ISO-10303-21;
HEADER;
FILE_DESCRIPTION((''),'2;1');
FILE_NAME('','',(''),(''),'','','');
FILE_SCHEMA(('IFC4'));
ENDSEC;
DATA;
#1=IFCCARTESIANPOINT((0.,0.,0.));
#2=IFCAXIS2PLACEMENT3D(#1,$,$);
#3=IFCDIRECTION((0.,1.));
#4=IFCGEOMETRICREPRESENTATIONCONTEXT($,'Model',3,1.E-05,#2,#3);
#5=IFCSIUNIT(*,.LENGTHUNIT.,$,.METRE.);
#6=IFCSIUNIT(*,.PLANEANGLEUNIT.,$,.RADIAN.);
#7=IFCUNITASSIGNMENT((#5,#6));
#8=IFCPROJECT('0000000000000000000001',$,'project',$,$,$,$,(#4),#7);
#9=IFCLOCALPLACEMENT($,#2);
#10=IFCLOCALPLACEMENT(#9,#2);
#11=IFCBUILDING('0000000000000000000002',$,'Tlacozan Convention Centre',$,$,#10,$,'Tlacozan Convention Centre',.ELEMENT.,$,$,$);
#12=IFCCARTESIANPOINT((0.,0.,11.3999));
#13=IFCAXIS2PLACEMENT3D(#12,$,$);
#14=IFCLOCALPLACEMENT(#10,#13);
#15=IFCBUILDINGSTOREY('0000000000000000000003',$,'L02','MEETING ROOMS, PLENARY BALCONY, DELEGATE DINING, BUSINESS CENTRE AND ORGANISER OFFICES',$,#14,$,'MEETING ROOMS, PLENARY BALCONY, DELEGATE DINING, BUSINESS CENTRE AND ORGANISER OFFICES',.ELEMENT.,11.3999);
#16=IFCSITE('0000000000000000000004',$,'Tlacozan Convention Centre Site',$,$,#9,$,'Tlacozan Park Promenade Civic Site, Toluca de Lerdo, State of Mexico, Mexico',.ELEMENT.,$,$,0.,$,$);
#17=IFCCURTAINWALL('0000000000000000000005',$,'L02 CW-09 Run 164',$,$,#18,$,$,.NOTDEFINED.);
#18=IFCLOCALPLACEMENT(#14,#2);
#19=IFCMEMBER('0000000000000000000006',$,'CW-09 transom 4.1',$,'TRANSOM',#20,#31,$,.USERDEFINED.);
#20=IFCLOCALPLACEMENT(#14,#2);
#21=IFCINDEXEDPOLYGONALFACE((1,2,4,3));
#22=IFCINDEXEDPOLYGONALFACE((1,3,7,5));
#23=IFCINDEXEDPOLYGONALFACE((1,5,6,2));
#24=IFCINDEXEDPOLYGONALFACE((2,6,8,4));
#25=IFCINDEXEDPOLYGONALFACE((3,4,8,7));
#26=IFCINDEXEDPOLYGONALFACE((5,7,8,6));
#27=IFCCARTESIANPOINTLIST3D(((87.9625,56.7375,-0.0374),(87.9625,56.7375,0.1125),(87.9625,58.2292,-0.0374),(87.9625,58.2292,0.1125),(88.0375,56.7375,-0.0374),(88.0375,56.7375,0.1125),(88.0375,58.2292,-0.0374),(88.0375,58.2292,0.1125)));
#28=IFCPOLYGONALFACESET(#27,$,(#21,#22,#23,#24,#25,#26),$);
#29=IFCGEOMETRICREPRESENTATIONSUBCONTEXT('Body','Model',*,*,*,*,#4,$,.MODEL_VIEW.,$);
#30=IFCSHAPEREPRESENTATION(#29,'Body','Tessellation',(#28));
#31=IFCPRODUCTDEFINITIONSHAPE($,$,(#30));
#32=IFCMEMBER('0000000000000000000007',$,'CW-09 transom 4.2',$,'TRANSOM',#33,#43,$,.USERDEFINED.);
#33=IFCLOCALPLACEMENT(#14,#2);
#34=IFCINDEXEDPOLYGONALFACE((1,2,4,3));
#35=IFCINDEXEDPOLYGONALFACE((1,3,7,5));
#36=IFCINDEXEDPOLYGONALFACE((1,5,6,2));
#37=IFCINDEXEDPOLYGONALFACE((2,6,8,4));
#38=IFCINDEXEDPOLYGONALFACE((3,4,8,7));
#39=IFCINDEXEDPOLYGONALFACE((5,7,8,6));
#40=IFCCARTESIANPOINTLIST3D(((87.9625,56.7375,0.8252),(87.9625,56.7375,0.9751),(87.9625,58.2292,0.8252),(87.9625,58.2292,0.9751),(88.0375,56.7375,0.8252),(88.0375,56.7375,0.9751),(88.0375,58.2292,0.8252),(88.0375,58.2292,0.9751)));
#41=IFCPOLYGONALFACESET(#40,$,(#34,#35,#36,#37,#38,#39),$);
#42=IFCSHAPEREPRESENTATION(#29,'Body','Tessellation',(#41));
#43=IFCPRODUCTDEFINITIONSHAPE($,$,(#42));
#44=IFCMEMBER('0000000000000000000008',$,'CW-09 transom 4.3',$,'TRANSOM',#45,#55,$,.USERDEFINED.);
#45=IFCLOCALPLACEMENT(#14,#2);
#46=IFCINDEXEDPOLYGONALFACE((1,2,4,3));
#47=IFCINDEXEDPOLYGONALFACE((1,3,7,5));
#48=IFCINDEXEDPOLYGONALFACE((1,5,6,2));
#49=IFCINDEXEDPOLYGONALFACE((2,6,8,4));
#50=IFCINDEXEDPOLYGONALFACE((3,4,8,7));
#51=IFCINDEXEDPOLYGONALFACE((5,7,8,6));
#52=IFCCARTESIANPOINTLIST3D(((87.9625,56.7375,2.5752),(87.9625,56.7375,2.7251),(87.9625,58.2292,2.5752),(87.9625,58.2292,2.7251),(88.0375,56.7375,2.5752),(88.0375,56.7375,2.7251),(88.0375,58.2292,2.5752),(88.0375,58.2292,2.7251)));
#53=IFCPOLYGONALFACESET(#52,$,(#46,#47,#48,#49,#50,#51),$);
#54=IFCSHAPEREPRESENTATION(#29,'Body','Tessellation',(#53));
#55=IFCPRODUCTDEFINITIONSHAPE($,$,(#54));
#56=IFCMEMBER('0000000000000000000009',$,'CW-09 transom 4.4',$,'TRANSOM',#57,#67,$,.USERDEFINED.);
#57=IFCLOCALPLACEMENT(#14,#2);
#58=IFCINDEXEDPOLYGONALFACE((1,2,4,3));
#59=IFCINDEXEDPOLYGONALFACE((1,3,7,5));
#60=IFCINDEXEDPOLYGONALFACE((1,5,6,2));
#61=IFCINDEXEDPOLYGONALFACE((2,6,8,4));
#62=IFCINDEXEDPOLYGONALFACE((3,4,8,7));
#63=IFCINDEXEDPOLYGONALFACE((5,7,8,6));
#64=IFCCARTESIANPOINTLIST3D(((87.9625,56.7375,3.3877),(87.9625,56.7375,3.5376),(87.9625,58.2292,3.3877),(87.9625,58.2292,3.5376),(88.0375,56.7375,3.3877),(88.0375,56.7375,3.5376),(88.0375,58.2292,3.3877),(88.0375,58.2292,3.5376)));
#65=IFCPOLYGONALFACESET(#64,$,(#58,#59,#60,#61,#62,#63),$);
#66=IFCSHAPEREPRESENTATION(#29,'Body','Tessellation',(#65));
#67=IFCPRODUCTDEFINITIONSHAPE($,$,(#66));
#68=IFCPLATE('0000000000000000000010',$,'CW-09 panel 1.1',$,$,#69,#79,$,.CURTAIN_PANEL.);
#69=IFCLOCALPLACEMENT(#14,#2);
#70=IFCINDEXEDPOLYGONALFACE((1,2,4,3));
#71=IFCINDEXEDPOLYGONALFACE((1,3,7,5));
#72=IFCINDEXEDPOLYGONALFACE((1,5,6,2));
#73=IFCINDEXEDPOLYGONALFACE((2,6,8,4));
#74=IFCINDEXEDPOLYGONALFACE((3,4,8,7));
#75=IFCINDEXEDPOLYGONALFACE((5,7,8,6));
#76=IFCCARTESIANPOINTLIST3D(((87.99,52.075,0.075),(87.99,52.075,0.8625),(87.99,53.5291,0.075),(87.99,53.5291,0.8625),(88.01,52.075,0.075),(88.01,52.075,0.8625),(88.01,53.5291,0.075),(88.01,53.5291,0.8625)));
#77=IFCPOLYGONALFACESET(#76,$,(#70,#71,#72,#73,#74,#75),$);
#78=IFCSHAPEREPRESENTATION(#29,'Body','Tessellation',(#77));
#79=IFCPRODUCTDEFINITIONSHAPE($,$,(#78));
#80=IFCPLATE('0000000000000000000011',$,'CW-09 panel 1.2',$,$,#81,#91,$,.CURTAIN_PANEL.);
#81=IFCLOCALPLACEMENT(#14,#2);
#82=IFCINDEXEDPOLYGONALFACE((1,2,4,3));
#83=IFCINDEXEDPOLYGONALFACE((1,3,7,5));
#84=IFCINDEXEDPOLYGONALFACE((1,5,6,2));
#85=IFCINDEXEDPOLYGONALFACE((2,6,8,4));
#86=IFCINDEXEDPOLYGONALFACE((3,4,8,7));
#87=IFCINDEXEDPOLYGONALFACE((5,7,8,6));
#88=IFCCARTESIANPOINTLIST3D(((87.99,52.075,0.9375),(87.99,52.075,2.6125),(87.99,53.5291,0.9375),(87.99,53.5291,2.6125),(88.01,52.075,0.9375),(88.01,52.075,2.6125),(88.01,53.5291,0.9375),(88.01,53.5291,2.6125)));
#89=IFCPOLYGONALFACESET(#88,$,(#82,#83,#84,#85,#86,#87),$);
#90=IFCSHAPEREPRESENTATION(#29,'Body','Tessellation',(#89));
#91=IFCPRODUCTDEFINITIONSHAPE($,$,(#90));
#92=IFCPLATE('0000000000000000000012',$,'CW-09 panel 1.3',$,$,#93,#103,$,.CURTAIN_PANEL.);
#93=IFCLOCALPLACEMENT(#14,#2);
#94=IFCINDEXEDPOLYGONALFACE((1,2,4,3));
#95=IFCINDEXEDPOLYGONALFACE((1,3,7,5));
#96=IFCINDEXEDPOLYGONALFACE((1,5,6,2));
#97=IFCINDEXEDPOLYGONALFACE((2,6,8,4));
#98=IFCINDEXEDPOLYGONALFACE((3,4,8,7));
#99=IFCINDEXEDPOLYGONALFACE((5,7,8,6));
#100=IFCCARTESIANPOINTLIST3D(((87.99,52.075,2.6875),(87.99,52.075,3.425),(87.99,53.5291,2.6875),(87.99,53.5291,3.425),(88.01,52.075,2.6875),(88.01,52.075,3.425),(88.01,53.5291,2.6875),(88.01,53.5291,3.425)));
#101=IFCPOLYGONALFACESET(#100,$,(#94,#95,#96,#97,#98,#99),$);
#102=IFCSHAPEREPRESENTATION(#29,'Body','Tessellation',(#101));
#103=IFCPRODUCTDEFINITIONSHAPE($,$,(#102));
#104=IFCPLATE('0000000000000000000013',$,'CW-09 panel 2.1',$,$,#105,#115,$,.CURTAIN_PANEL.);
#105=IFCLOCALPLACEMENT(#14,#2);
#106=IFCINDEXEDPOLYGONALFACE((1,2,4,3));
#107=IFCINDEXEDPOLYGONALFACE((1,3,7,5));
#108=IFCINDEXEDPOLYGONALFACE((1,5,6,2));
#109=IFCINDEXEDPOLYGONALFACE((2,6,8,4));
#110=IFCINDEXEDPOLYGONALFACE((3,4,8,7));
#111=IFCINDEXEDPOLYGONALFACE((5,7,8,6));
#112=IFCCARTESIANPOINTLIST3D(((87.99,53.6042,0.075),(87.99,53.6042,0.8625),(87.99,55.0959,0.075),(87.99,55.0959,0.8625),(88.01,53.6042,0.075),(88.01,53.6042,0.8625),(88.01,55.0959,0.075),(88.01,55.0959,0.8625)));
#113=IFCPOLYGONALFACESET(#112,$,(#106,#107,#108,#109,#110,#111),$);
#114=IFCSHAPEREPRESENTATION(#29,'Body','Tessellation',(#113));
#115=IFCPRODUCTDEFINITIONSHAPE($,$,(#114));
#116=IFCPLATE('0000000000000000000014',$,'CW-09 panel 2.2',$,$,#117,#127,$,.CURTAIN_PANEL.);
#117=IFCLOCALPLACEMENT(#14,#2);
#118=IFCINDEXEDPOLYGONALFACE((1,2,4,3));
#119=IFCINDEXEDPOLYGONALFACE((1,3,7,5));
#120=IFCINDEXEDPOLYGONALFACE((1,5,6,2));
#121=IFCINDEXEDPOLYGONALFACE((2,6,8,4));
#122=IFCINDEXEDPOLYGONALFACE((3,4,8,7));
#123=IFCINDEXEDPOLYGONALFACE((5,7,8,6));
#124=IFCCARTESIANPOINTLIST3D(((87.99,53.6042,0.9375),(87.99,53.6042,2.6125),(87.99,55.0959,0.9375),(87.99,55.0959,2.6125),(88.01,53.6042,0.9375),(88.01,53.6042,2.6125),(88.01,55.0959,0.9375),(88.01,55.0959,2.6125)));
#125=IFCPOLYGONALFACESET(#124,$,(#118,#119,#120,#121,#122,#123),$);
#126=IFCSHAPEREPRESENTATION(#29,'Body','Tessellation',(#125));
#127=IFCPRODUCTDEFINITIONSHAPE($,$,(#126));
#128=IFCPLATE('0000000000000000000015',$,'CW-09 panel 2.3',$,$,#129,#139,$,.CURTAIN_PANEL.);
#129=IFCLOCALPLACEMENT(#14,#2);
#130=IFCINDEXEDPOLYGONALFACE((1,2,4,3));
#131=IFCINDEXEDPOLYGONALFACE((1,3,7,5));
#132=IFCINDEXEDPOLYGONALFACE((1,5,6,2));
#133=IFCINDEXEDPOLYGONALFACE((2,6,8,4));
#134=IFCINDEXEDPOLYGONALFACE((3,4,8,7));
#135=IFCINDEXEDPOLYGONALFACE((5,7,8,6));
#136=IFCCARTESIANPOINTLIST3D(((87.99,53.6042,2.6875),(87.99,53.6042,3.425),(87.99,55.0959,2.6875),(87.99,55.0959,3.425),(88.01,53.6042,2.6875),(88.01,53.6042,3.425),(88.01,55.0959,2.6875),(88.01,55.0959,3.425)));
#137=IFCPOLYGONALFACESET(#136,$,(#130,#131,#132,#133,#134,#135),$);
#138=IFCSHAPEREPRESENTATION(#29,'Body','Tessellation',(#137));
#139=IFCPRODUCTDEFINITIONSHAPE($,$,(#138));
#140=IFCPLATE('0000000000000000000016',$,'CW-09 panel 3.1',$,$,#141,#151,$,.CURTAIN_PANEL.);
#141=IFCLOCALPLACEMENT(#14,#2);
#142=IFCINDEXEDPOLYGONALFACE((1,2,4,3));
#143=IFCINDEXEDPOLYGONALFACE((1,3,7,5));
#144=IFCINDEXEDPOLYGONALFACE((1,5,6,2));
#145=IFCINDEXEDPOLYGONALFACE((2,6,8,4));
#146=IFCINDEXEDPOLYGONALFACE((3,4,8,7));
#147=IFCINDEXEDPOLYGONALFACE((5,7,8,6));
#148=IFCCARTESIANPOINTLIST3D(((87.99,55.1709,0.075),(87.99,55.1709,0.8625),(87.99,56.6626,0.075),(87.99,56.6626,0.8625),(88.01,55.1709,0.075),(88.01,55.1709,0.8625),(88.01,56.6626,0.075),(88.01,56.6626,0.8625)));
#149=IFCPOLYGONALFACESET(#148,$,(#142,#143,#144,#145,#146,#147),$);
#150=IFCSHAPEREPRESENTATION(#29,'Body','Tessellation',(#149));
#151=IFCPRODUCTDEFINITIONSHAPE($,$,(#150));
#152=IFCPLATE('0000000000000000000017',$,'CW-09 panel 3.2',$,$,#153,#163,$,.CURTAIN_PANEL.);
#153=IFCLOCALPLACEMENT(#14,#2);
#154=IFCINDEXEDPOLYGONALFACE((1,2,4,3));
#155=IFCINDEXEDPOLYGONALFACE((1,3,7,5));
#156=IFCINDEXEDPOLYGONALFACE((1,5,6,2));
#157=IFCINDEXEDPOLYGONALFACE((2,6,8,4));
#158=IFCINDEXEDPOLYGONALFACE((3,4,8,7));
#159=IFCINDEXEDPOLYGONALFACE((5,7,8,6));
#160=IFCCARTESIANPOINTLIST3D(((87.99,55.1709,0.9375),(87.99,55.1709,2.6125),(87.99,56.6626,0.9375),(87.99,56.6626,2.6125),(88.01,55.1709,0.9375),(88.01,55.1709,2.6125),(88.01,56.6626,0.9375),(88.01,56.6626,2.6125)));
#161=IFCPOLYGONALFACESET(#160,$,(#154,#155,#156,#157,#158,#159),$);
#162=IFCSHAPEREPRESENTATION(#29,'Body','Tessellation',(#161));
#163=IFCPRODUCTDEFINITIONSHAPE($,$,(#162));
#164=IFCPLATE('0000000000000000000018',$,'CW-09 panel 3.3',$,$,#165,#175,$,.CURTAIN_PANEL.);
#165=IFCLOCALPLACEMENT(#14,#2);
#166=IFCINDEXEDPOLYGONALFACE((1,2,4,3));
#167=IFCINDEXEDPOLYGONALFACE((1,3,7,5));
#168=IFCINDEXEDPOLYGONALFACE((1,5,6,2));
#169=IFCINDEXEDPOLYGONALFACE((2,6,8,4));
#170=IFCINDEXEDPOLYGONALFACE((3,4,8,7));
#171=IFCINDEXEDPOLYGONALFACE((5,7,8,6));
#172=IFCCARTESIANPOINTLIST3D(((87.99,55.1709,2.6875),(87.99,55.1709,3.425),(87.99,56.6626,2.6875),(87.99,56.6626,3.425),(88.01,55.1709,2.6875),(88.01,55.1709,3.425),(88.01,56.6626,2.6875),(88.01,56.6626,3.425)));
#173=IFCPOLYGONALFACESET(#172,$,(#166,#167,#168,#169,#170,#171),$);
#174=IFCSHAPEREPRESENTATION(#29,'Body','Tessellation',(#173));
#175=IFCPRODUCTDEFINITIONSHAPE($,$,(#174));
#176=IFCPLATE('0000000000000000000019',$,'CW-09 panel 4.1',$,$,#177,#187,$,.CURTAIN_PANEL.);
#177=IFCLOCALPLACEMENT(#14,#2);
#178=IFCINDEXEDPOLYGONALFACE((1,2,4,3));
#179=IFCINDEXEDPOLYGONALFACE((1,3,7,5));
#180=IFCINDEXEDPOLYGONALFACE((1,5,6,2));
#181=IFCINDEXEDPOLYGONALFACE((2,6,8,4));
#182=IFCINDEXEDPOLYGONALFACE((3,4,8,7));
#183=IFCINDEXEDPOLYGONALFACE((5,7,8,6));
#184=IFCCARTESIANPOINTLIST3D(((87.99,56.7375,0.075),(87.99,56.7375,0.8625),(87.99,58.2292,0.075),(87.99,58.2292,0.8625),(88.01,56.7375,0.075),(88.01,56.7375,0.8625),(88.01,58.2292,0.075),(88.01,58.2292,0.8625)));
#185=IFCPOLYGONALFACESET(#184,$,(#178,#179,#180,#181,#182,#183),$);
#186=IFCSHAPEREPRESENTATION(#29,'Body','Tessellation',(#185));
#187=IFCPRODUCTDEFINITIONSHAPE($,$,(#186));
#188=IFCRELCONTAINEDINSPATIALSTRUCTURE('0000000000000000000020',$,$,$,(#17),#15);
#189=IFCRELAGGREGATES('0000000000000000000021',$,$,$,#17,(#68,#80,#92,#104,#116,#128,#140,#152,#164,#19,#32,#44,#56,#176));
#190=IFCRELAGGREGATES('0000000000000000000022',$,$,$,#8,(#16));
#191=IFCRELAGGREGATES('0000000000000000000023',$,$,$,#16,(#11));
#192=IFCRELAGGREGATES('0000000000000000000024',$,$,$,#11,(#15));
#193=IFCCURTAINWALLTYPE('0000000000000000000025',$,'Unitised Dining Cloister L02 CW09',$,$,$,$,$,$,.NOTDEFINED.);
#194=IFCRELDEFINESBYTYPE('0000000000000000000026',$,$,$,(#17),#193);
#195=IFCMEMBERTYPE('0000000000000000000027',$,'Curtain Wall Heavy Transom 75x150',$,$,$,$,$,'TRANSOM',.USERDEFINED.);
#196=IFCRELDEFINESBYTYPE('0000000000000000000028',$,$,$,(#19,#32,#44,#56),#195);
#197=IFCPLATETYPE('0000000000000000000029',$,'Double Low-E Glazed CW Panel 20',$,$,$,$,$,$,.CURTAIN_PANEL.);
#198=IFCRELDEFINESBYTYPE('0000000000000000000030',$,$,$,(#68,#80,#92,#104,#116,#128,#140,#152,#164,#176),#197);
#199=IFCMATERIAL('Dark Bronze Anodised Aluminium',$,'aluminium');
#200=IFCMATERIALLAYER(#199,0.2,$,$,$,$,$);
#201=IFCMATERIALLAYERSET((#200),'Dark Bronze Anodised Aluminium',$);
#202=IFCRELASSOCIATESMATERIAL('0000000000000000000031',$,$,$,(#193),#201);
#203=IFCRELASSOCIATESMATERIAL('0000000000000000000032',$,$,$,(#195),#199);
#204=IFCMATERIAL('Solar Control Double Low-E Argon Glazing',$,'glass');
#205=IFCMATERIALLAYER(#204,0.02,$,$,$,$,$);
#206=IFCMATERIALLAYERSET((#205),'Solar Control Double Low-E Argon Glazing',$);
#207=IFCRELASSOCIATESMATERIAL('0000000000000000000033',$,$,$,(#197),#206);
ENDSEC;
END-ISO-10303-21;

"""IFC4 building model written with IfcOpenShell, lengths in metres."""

from ifc_helpers import new_model, si_unit, direction, frame, origin, origin_2d, place, context, subcontext, project, spatial, rectangle, extrude, material, layer, layer_set, material_profile, profile_set, type_object, element, aggregate, save


model = new_model("IFC4")

# Units and contexts
model_context = context("Model", 3, precision=1e-05, world=origin(), true_north=direction((0.0, 1.0)))
body_context = subcontext(model_context, "Body", "Model", "MODEL_VIEW")
ifc_project = project(units=[si_unit("LENGTHUNIT", "METRE"), si_unit("PLANEANGLEUNIT", "RADIAN")], contexts=[model_context])

# Site, building, storey
site_placement = place(None, origin())
site = spatial("IfcSite", under=ifc_project, at=site_placement, Name="Tlacozan Convention Centre Site", LongName="Tlacozan Park Promenade Civic Site, Toluca de Lerdo, State of Mexico, Mexico", CompositionType="ELEMENT", RefElevation=0.0)
building_placement = place(site_placement, origin())
building = spatial("IfcBuilding", under=site, at=building_placement, Name="Tlacozan Convention Centre", LongName="Tlacozan Convention Centre", CompositionType="ELEMENT")
storey_placement = place(building_placement, frame((0.0, 0.0, 11.3999)))
storey = spatial("IfcBuildingStorey", under=building, at=storey_placement, Name="L02", Description="MEETING ROOMS, PLENARY BALCONY, DELEGATE DINING, BUSINESS CENTRE AND ORGANISER OFFICES", LongName="MEETING ROOMS, PLENARY BALCONY, DELEGATE DINING, BUSINESS CENTRE AND ORGANISER OFFICES", CompositionType="ELEMENT", Elevation=11.3999)

# Curtain wall, members, plates
ifc_material_1 = material(Name="Dark Bronze Anodised Aluminium", Category="aluminium")
ifc_layer_1 = layer(ifc_material_1, 0.2)
ifc_layer_set_1 = layer_set([ifc_layer_1], Name="Dark Bronze Anodised Aluminium")
curtain_wall_type = type_object("IfcCurtainWallType", Name="Unitised Dining Cloister L02 CW09", PredefinedType="NOTDEFINED", material=ifc_layer_set_1)
curtain_wall_placement = place(storey_placement, origin())
curtain_wall = element("IfcCurtainWall", 1, at=curtain_wall_placement, inside=storey, type_object=curtain_wall_type, Name="L02 CW-09 Run 164", PredefinedType="NOTDEFINED")
ifc_material_profile_1 = material_profile(ifc_material_1, rectangle(XDim=0.075, YDim=0.1499, at=origin_2d()), Name="ALU 75x150")
ifc_profile_set_1 = profile_set([ifc_material_profile_1], Name="Dark Bronze Anodised Aluminium")
member_type_1 = type_object("IfcMemberType", Name="Curtain Wall Heavy Transom 75x150", ElementType="TRANSOM", PredefinedType="USERDEFINED", material=ifc_profile_set_1)
member_1_placement = place(storey_placement, frame((88.0, 56.7375, 0.0376), z_axis=(0.0, 1.0, 0.0), x_axis=(-1.0, 0.0, 0.0)))
member_1 = element("IfcMember", 2, at=member_1_placement, type_object=member_type_1, Name="CW-09 transom 4.1", ObjectType="TRANSOM", PredefinedType="USERDEFINED", context=body_context, shape_type="SweptSolid", body=[
    extrude(rectangle(XDim=0.075, YDim=0.1499, at=origin_2d()), origin(), (0.0, 0.0, 1.0), 1.4917),
])
member_2_placement = place(storey_placement, frame((88.0, 56.7375, 0.9001), z_axis=(0.0, 1.0, 0.0), x_axis=(-1.0, 0.0, 0.0)))
member_2 = element("IfcMember", 3, at=member_2_placement, type_object=member_type_1, Name="CW-09 transom 4.2", ObjectType="TRANSOM", PredefinedType="USERDEFINED", context=body_context, shape_type="SweptSolid", body=[
    extrude(rectangle(XDim=0.075, YDim=0.1499, at=origin_2d()), origin(), (0.0, 0.0, 1.0), 1.4917),
])
member_3_placement = place(storey_placement, frame((88.0, 56.7375, 2.6501), z_axis=(0.0, 1.0, 0.0), x_axis=(-1.0, 0.0, 0.0)))
member_3 = element("IfcMember", 4, at=member_3_placement, type_object=member_type_1, Name="CW-09 transom 4.3", ObjectType="TRANSOM", PredefinedType="USERDEFINED", context=body_context, shape_type="SweptSolid", body=[
    extrude(rectangle(XDim=0.075, YDim=0.1499, at=origin_2d()), origin(), (0.0, 0.0, 1.0), 1.4917),
])
member_4_placement = place(storey_placement, frame((88.0, 56.7375, 3.4626), z_axis=(0.0, 1.0, 0.0), x_axis=(-1.0, 0.0, 0.0)))
member_4 = element("IfcMember", 5, at=member_4_placement, type_object=member_type_1, Name="CW-09 transom 4.4", ObjectType="TRANSOM", PredefinedType="USERDEFINED", context=body_context, shape_type="SweptSolid", body=[
    extrude(rectangle(XDim=0.075, YDim=0.1499, at=origin_2d()), origin(), (0.0, 0.0, 1.0), 1.4917),
])
ifc_material_2 = material(Name="Solar Control Double Low-E Argon Glazing", Category="glass")
ifc_layer_2 = layer(ifc_material_2, 0.02)
ifc_layer_set_2 = layer_set([ifc_layer_2], Name="Solar Control Double Low-E Argon Glazing")
plate_type = type_object("IfcPlateType", Name="Double Low-E Glazed CW Panel 20", PredefinedType="CURTAIN_PANEL", material=ifc_layer_set_2)
plate_1_placement = place(storey_placement, frame((88.0, 52.802, 0.075), z_axis=(0.0, 0.0, 1.0), x_axis=(0.0, 1.0, 0.0)))
plate_1 = element("IfcPlate", 6, at=plate_1_placement, type_object=plate_type, Name="CW-09 panel 1.1", PredefinedType="CURTAIN_PANEL", context=body_context, shape_type="SweptSolid", body=[
    extrude(rectangle(XDim=1.4541, YDim=0.02, at=origin_2d()), origin(), (0.0, 0.0, 1.0), 0.7876),
])
plate_2_placement = place(storey_placement, frame((88.0, 52.802, 0.9375), z_axis=(0.0, 0.0, 1.0), x_axis=(0.0, 1.0, 0.0)))
plate_2 = element("IfcPlate", 7, at=plate_2_placement, type_object=plate_type, Name="CW-09 panel 1.2", PredefinedType="CURTAIN_PANEL", context=body_context, shape_type="SweptSolid", body=[
    extrude(rectangle(XDim=1.4541, YDim=0.02, at=origin_2d()), origin(), (0.0, 0.0, 1.0), 1.675),
])
plate_3_placement = place(storey_placement, frame((88.0, 52.802, 2.6875), z_axis=(0.0, 0.0, 1.0), x_axis=(0.0, 1.0, 0.0)))
plate_3 = element("IfcPlate", 8, at=plate_3_placement, type_object=plate_type, Name="CW-09 panel 1.3", PredefinedType="CURTAIN_PANEL", context=body_context, shape_type="SweptSolid", body=[
    extrude(rectangle(XDim=1.4541, YDim=0.02, at=origin_2d()), origin(), (0.0, 0.0, 1.0), 0.7375),
])
plate_4_placement = place(storey_placement, frame((88.0, 54.3501, 0.075), z_axis=(0.0, 0.0, 1.0), x_axis=(0.0, 1.0, 0.0)))
plate_4 = element("IfcPlate", 9, at=plate_4_placement, type_object=plate_type, Name="CW-09 panel 2.1", PredefinedType="CURTAIN_PANEL", context=body_context, shape_type="SweptSolid", body=[
    extrude(rectangle(XDim=1.4917, YDim=0.02, at=origin_2d()), origin(), (0.0, 0.0, 1.0), 0.7876),
])
plate_5_placement = place(storey_placement, frame((88.0, 54.3501, 0.9375), z_axis=(0.0, 0.0, 1.0), x_axis=(0.0, 1.0, 0.0)))
plate_5 = element("IfcPlate", 10, at=plate_5_placement, type_object=plate_type, Name="CW-09 panel 2.2", PredefinedType="CURTAIN_PANEL", context=body_context, shape_type="SweptSolid", body=[
    extrude(rectangle(XDim=1.4917, YDim=0.02, at=origin_2d()), origin(), (0.0, 0.0, 1.0), 1.675),
])
plate_6_placement = place(storey_placement, frame((88.0, 54.3501, 2.6875), z_axis=(0.0, 0.0, 1.0), x_axis=(0.0, 1.0, 0.0)))
plate_6 = element("IfcPlate", 11, at=plate_6_placement, type_object=plate_type, Name="CW-09 panel 2.3", PredefinedType="CURTAIN_PANEL", context=body_context, shape_type="SweptSolid", body=[
    extrude(rectangle(XDim=1.4917, YDim=0.02, at=origin_2d()), origin(), (0.0, 0.0, 1.0), 0.7375),
])
plate_7_placement = place(storey_placement, frame((88.0, 55.9167, 0.075), z_axis=(0.0, 0.0, 1.0), x_axis=(0.0, 1.0, 0.0)))
plate_7 = element("IfcPlate", 12, at=plate_7_placement, type_object=plate_type, Name="CW-09 panel 3.1", PredefinedType="CURTAIN_PANEL", context=body_context, shape_type="SweptSolid", body=[
    extrude(rectangle(XDim=1.4917, YDim=0.02, at=origin_2d()), origin(), (0.0, 0.0, 1.0), 0.7876),
])
plate_8_placement = place(storey_placement, frame((88.0, 55.9167, 0.9375), z_axis=(0.0, 0.0, 1.0), x_axis=(0.0, 1.0, 0.0)))
plate_8 = element("IfcPlate", 13, at=plate_8_placement, type_object=plate_type, Name="CW-09 panel 3.2", PredefinedType="CURTAIN_PANEL", context=body_context, shape_type="SweptSolid", body=[
    extrude(rectangle(XDim=1.4917, YDim=0.02, at=origin_2d()), origin(), (0.0, 0.0, 1.0), 1.675),
])
plate_9_placement = place(storey_placement, frame((88.0, 55.9167, 2.6875), z_axis=(0.0, 0.0, 1.0), x_axis=(0.0, 1.0, 0.0)))
plate_9 = element("IfcPlate", 14, at=plate_9_placement, type_object=plate_type, Name="CW-09 panel 3.3", PredefinedType="CURTAIN_PANEL", context=body_context, shape_type="SweptSolid", body=[
    extrude(rectangle(XDim=1.4917, YDim=0.02, at=origin_2d()), origin(), (0.0, 0.0, 1.0), 0.7375),
])
plate_10_placement = place(storey_placement, frame((88.0, 57.4834, 0.075), z_axis=(0.0, 0.0, 1.0), x_axis=(0.0, 1.0, 0.0)))
plate_10 = element("IfcPlate", 15, at=plate_10_placement, type_object=plate_type, Name="CW-09 panel 4.1", PredefinedType="CURTAIN_PANEL", context=body_context, shape_type="SweptSolid", body=[
    extrude(rectangle(XDim=1.4917, YDim=0.02, at=origin_2d()), origin(), (0.0, 0.0, 1.0), 0.7876),
])
aggregate(curtain_wall, [plate_1, plate_2, plate_3, plate_4, plate_5, plate_6, plate_7, plate_8, plate_9, member_1, member_2, member_3, member_4, plate_10])

save(model, "model.ifc")
